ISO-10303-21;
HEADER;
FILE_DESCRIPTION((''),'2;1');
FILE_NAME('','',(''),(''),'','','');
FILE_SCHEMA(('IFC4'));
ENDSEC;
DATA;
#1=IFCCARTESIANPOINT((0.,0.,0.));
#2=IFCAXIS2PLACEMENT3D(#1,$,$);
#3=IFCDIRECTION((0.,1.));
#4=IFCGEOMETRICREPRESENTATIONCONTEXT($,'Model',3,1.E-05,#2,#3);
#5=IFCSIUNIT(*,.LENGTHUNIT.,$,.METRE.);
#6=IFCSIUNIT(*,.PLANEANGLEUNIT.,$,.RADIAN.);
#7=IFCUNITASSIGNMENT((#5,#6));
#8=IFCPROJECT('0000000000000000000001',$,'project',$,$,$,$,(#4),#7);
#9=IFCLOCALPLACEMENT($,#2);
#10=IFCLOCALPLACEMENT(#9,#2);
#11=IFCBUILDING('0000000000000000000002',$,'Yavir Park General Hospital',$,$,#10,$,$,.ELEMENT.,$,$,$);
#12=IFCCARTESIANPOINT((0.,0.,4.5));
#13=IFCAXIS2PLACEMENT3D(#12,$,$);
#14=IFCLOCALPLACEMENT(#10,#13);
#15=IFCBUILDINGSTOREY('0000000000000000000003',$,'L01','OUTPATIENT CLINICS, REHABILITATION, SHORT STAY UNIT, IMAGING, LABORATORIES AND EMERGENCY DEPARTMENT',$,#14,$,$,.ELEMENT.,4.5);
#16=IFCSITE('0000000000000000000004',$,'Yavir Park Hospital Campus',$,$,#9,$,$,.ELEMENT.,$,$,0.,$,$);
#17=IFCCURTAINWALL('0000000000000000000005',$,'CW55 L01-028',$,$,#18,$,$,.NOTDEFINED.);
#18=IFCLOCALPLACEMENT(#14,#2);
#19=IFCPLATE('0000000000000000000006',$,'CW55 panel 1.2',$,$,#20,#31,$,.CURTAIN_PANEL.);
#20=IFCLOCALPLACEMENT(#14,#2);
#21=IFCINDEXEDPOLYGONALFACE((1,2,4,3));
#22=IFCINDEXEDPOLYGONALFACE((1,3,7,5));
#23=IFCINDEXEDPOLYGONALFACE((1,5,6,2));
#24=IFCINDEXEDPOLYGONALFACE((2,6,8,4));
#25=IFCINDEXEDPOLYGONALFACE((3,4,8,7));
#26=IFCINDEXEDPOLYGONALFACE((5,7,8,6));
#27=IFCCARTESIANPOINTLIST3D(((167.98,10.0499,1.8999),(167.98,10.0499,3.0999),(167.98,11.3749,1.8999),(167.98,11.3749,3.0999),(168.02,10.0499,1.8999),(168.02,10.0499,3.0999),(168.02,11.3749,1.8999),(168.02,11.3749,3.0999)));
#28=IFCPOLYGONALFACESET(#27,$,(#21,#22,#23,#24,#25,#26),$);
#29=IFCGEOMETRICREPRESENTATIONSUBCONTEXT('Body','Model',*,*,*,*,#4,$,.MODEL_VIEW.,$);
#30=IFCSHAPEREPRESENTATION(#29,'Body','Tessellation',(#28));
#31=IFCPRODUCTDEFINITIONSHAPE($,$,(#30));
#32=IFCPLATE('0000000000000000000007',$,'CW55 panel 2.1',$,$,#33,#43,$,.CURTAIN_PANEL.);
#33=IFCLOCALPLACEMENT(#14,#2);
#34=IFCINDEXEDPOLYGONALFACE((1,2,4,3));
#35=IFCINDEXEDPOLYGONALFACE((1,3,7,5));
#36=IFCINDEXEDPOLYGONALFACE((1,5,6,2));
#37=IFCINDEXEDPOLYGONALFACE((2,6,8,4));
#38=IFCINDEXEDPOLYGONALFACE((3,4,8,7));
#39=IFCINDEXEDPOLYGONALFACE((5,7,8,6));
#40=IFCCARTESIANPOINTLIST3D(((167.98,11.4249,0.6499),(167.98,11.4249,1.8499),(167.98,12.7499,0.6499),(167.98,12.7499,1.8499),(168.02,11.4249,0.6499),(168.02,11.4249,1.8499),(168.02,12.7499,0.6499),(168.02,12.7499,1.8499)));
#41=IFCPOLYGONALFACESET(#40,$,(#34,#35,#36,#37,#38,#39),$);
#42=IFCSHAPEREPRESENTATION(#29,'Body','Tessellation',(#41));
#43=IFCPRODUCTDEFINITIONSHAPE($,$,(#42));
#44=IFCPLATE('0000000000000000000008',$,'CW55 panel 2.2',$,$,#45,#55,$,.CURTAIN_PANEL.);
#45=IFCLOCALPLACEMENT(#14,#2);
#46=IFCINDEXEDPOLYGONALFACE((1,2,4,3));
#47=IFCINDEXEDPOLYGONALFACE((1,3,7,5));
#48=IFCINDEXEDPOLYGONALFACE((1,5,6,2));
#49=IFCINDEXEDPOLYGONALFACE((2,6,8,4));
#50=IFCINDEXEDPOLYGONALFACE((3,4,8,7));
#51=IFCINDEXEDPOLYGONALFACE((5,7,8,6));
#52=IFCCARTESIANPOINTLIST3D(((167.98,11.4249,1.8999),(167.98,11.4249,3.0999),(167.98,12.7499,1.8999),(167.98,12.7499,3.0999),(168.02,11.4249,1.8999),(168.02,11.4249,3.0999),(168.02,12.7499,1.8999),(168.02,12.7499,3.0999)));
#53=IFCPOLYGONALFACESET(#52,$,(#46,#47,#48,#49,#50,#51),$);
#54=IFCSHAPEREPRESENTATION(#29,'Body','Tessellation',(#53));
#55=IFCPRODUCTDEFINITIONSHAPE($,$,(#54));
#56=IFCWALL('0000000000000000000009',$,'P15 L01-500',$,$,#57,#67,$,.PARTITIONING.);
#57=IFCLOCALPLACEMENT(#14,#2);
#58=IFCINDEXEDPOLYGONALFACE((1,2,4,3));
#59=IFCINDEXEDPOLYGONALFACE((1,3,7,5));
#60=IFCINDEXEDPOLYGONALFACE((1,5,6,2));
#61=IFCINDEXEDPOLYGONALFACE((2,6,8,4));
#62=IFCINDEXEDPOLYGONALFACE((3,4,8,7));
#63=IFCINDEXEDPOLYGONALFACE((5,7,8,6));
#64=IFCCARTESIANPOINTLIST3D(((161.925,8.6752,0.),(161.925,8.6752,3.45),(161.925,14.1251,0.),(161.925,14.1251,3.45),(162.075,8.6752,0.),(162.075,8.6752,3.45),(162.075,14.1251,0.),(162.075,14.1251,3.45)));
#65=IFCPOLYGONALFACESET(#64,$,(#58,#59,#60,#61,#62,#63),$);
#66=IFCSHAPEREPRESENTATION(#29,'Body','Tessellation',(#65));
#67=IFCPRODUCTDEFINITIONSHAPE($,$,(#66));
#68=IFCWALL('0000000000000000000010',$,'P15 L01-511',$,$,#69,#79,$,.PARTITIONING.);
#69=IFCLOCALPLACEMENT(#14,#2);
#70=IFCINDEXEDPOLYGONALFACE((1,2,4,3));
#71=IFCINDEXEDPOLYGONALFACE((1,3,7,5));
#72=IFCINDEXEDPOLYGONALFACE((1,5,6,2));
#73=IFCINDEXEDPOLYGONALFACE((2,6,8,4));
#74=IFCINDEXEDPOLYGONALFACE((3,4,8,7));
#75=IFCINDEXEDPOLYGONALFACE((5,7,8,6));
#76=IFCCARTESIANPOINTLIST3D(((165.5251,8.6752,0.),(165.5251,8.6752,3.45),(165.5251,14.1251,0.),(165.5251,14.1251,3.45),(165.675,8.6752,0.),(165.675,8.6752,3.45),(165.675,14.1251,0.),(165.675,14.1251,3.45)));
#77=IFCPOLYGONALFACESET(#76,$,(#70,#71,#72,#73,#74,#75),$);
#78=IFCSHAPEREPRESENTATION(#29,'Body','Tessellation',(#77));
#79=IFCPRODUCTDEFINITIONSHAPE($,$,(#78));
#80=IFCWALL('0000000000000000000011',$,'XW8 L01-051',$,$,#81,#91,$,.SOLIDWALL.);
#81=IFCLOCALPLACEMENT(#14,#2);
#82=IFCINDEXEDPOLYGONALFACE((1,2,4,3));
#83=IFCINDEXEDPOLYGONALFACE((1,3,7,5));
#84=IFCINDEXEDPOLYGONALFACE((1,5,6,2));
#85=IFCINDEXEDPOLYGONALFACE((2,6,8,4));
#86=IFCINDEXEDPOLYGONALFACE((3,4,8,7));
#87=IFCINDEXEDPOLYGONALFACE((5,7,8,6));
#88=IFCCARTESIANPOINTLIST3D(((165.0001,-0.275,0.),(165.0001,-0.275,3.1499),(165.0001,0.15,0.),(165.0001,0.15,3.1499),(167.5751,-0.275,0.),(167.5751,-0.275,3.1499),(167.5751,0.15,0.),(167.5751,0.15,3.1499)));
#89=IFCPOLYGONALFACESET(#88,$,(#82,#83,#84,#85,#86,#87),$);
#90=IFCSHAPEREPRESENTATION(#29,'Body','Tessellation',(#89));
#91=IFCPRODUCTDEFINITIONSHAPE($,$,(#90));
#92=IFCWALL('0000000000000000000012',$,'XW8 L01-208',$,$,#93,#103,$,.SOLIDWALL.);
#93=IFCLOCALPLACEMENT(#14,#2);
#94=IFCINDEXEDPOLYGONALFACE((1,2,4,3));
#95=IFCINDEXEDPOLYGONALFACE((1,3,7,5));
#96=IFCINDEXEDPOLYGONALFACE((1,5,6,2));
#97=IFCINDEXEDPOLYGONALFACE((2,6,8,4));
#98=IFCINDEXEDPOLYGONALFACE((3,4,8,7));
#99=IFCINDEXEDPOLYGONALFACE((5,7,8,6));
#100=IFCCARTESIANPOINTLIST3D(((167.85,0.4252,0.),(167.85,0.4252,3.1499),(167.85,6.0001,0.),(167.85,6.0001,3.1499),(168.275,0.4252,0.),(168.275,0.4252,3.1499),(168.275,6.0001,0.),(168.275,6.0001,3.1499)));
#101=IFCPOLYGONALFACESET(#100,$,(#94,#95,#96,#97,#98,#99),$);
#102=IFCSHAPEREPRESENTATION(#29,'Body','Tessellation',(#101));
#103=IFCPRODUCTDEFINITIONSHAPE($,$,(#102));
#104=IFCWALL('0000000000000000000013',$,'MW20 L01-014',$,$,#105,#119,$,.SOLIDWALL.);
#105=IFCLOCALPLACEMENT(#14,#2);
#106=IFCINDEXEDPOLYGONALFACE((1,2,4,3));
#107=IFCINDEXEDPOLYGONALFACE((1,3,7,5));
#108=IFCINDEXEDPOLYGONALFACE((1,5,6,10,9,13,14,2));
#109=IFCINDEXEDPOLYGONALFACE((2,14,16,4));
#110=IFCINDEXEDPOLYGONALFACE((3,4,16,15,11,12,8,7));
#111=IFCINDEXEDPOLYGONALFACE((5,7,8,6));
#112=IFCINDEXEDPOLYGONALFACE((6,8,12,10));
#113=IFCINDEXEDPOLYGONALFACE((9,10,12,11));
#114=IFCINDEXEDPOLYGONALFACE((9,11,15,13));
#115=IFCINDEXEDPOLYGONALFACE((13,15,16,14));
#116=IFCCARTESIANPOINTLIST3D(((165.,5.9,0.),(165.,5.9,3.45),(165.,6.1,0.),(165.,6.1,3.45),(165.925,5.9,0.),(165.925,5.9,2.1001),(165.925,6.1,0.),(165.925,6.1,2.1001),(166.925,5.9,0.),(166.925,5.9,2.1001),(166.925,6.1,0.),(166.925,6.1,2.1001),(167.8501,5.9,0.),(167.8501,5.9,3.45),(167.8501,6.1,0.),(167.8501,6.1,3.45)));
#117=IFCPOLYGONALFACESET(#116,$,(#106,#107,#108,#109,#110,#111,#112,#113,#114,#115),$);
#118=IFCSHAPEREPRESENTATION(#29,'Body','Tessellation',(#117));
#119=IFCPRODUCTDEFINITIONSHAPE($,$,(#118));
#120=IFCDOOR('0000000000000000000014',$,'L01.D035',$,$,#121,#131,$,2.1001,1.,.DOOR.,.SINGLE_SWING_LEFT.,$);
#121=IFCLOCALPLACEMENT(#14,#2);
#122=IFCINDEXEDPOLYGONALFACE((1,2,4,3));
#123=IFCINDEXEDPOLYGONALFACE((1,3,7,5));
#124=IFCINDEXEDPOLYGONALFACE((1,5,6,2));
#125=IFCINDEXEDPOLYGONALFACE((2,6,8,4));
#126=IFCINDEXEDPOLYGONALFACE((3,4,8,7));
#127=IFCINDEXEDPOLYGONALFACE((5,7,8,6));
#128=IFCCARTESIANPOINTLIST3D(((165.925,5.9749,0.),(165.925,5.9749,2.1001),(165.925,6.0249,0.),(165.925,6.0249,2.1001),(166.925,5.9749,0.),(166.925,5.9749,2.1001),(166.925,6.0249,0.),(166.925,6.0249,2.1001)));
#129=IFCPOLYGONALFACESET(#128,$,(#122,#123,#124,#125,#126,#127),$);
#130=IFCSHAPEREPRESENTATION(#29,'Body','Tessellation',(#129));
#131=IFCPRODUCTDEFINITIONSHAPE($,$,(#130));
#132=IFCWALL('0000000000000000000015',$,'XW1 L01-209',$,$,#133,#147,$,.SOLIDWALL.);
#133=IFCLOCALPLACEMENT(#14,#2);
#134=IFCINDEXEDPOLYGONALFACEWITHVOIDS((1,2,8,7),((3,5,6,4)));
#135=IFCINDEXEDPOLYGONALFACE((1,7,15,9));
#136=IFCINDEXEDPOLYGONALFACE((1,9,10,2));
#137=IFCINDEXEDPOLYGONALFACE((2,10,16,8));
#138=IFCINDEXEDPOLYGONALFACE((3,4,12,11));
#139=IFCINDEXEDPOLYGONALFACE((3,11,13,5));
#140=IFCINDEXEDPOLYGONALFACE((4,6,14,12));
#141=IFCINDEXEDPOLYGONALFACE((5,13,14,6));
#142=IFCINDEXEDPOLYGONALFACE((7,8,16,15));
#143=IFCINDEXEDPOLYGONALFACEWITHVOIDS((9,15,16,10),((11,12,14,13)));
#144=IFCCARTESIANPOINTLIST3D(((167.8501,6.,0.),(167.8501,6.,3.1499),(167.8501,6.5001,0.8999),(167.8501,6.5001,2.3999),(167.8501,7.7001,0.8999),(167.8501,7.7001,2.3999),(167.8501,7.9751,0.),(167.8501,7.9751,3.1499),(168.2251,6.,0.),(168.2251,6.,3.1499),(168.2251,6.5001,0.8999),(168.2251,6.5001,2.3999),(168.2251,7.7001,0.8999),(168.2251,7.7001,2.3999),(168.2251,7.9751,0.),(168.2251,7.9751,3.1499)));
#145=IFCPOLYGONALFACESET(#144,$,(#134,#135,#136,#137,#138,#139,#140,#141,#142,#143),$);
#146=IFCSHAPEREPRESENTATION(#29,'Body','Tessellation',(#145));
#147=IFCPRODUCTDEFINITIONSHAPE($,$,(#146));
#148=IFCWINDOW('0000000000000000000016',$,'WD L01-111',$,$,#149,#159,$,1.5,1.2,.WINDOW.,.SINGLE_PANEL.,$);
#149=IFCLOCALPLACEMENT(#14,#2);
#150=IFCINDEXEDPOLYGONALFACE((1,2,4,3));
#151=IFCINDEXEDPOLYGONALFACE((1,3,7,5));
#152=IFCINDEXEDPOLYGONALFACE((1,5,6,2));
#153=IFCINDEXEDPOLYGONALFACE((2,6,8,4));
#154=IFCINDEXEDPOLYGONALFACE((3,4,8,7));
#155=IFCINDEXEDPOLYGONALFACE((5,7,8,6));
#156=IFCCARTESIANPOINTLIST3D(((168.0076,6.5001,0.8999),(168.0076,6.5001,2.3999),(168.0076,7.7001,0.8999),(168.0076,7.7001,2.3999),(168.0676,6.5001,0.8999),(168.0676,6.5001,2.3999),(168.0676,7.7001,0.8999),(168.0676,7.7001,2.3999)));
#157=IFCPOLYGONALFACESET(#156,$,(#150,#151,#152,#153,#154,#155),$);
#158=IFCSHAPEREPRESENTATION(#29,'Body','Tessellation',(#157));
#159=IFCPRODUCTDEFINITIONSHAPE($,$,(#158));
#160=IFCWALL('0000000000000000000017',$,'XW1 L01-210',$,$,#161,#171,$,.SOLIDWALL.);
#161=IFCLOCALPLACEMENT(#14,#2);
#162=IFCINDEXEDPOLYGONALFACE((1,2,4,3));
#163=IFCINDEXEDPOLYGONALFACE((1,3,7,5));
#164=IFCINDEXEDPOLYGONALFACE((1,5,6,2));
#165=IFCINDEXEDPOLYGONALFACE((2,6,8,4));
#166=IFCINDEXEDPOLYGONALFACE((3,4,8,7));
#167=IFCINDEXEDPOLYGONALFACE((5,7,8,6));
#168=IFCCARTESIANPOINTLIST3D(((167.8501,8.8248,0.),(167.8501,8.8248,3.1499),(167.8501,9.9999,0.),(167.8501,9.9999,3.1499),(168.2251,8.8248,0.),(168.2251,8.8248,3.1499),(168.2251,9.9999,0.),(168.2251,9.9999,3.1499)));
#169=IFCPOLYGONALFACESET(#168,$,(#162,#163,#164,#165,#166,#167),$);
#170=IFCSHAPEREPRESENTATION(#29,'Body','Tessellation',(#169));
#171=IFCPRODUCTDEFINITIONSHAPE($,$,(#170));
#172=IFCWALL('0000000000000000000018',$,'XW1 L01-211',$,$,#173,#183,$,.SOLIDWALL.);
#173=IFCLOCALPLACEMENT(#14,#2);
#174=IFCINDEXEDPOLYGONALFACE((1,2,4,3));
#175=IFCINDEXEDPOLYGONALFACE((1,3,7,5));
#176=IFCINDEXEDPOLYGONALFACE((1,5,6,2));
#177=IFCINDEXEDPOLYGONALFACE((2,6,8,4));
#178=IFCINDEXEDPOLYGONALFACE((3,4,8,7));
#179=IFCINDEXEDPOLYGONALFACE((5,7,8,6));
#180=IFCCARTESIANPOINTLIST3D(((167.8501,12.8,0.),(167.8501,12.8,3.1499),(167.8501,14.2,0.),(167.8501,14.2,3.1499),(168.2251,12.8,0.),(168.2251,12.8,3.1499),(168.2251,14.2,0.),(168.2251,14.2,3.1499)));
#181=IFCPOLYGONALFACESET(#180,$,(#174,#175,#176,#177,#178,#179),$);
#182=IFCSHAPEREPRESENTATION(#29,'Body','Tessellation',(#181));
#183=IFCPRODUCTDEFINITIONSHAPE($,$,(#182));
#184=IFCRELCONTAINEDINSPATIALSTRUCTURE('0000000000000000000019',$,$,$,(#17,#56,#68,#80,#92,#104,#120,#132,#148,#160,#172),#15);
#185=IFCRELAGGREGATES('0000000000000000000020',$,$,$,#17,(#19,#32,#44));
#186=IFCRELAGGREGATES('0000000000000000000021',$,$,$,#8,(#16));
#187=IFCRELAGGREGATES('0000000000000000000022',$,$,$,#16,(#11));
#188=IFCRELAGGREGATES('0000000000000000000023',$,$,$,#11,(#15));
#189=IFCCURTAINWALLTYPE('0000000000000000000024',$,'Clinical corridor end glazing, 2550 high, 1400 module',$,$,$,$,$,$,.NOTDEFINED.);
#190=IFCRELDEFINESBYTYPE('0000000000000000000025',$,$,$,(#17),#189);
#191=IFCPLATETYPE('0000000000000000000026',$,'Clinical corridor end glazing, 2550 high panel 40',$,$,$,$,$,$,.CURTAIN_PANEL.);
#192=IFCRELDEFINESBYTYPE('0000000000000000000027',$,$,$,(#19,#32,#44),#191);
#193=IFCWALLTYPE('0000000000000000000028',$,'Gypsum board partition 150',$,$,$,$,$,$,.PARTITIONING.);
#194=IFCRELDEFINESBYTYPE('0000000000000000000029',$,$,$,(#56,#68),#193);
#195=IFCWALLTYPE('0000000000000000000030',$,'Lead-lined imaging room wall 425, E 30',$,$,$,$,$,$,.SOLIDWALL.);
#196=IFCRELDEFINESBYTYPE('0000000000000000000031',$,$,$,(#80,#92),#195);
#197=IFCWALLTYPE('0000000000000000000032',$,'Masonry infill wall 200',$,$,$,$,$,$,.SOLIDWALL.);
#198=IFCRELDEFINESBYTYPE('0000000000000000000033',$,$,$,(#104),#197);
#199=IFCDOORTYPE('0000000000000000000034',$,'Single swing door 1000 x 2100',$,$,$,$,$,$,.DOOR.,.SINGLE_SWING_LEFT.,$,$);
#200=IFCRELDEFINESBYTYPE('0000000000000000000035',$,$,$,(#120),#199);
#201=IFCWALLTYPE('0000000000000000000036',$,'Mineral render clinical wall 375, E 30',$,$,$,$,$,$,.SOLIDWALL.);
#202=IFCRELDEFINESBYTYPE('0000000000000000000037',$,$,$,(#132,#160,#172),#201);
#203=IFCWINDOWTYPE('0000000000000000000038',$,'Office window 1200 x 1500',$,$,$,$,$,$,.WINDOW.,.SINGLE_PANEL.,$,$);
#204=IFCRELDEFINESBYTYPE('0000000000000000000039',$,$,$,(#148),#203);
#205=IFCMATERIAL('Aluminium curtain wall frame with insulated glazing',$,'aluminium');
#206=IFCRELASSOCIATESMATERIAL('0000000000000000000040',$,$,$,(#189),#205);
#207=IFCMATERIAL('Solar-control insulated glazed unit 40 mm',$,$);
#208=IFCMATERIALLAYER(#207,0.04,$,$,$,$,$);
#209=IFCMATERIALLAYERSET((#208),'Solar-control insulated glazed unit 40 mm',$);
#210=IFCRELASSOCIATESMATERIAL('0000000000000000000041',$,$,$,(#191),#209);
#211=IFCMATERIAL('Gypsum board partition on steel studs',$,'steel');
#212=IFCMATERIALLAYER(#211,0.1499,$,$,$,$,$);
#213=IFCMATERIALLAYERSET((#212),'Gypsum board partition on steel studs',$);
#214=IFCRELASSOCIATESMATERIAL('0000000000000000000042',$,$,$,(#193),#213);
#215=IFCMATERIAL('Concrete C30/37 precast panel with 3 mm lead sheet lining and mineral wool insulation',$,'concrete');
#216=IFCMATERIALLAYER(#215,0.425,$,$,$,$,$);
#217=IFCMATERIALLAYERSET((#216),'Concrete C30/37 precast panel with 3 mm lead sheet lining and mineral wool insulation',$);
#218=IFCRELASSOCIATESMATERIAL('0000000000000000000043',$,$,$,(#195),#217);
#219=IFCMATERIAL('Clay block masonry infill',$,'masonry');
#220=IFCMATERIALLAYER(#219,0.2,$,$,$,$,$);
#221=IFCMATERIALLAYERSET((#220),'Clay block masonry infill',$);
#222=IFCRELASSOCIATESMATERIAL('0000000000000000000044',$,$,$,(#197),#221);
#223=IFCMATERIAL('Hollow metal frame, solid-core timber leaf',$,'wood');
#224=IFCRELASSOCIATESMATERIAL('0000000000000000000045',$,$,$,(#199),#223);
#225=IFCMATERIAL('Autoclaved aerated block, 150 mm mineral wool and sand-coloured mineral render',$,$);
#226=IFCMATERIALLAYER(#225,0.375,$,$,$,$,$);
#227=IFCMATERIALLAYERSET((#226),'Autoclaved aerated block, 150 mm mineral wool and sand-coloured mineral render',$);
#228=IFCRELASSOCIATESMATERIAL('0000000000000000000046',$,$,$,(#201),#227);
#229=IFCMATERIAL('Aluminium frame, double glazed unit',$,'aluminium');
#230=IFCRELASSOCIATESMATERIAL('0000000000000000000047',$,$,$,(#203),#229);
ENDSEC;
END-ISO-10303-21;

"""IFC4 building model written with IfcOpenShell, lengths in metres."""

from ifc_helpers import new_model, si_unit, direction, frame, frame_2d, origin, origin_2d, place, context, subcontext, project, spatial, rectangle, extrude, material, layer, layer_set, type_object, element, fill, aggregate, save


model = new_model("IFC4")

# Units and contexts
model_context = context("Model", 3, precision=1e-05, world=origin(), true_north=direction((0.0, 1.0)))
body_context = subcontext(model_context, "Body", "Model", "MODEL_VIEW")
ifc_project = project(units=[si_unit("LENGTHUNIT", "METRE"), si_unit("PLANEANGLEUNIT", "RADIAN")], contexts=[model_context])

# Site, building, storey
site_placement = place(None, origin())
site = spatial("IfcSite", under=ifc_project, at=site_placement, Name="Yavir Park Hospital Campus", CompositionType="ELEMENT", RefElevation=0.0)
building_placement = place(site_placement, origin())
building = spatial("IfcBuilding", under=site, at=building_placement, Name="Yavir Park General Hospital", CompositionType="ELEMENT")
storey_placement = place(building_placement, frame((0.0, 0.0, 4.5)))
storey = spatial("IfcBuildingStorey", under=building, at=storey_placement, Name="L01", Description="OUTPATIENT CLINICS, REHABILITATION, SHORT STAY UNIT, IMAGING, LABORATORIES AND EMERGENCY DEPARTMENT", CompositionType="ELEMENT", Elevation=4.5)

# Curtain wall
ifc_material_1 = material(Name="Aluminium curtain wall frame with insulated glazing", Category="aluminium")
curtain_wall_type = type_object("IfcCurtainWallType", Name="Clinical corridor end glazing, 2550 high, 1400 module", PredefinedType="NOTDEFINED", material=ifc_material_1)
curtain_wall_placement = place(storey_placement, origin())
curtain_wall = element("IfcCurtainWall", 1, at=curtain_wall_placement, inside=storey, type_object=curtain_wall_type, Name="CW55 L01-028", PredefinedType="NOTDEFINED")

# Plates
ifc_material_2 = material(Name="Solar-control insulated glazed unit 40 mm")
ifc_layer_1 = layer(ifc_material_2, 0.04)
ifc_layer_set_1 = layer_set([ifc_layer_1], Name="Solar-control insulated glazed unit 40 mm")
plate_type = type_object("IfcPlateType", Name="Clinical corridor end glazing, 2550 high panel 40", PredefinedType="CURTAIN_PANEL", material=ifc_layer_set_1)
plate_1_placement = place(storey_placement, frame((168.0, 10.7124, 1.8999), z_axis=(0.0, 0.0, 1.0), x_axis=(0.0, 1.0, 0.0)))
plate_1 = element("IfcPlate", 2, at=plate_1_placement, type_object=plate_type, Name="CW55 panel 1.2", PredefinedType="CURTAIN_PANEL", context=body_context, shape_type="SweptSolid", body=[
    extrude(rectangle(XDim=1.325, YDim=0.04, at=origin_2d()), origin(), (0.0, 0.0, 1.0), 1.2),
])
plate_2_placement = place(storey_placement, frame((168.0, 12.0874, 0.6499), z_axis=(0.0, 0.0, 1.0), x_axis=(0.0, 1.0, 0.0)))
plate_2 = element("IfcPlate", 3, at=plate_2_placement, type_object=plate_type, Name="CW55 panel 2.1", PredefinedType="CURTAIN_PANEL", context=body_context, shape_type="SweptSolid", body=[
    extrude(rectangle(XDim=1.325, YDim=0.04, at=origin_2d()), origin(), (0.0, 0.0, 1.0), 1.2),
])
plate_3_placement = place(storey_placement, frame((168.0, 12.0874, 1.8999), z_axis=(0.0, 0.0, 1.0), x_axis=(0.0, 1.0, 0.0)))
plate_3 = element("IfcPlate", 4, at=plate_3_placement, type_object=plate_type, Name="CW55 panel 2.2", PredefinedType="CURTAIN_PANEL", context=body_context, shape_type="SweptSolid", body=[
    extrude(rectangle(XDim=1.325, YDim=0.04, at=origin_2d()), origin(), (0.0, 0.0, 1.0), 1.2),
])
aggregate(curtain_wall, [plate_1, plate_2, plate_3])

# Walls
ifc_material_3 = material(Name="Gypsum board partition on steel studs", Category="steel")
ifc_layer_2 = layer(ifc_material_3, 0.1499)
ifc_layer_set_2 = layer_set([ifc_layer_2], Name="Gypsum board partition on steel studs")
wall_type_1 = type_object("IfcWallType", Name="Gypsum board partition 150", PredefinedType="PARTITIONING", material=ifc_layer_set_2)
for number, where, z_axis, x_axis, name in (
    (5, (162.0, 8.675, 0.0), (0.0, 0.0, 1.0), (0.0, 1.0, 0.0), "P15 L01-500"),
    (6, (165.6001, 8.675, 0.0), (0.0, 0.0, 1.0), (0.0, 1.0, 0.0), "P15 L01-511"),
):
    element("IfcWall", number, at=place(storey_placement, frame(where, z_axis=z_axis, x_axis=x_axis)), inside=storey, type_object=wall_type_1, Name=name, PredefinedType="PARTITIONING", context=body_context, shape_type="SweptSolid", body=[
        extrude(rectangle(XDim=5.45, YDim=0.1499, at=frame_2d((2.7251, 0.0))), origin(), (0.0, 0.0, 1.0), 3.45),
    ])
ifc_material_4 = material(Name="Concrete C30/37 precast panel with 3 mm lead sheet lining and mineral wool insulation", Category="concrete")
ifc_layer_3 = layer(ifc_material_4, 0.425)
ifc_layer_set_3 = layer_set([ifc_layer_3], Name="Concrete C30/37 precast panel with 3 mm lead sheet lining and mineral wool insulation")
wall_type_2 = type_object("IfcWallType", Name="Lead-lined imaging room wall 425, E 30", PredefinedType="SOLIDWALL", material=ifc_layer_set_3)
wall_1_placement = place(storey_placement, frame((165.0, -0.0625, 0.0), z_axis=(0.0, 0.0, 1.0), x_axis=(1.0, 0.0, 0.0)))
element("IfcWall", 7, at=wall_1_placement, inside=storey, type_object=wall_type_2, Name="XW8 L01-051", PredefinedType="SOLIDWALL", context=body_context, shape_type="SweptSolid", body=[
    extrude(rectangle(XDim=2.575, YDim=0.425, at=frame_2d((1.2876, 0.0))), origin(), (0.0, 0.0, 1.0), 3.1499),
])
wall_2_placement = place(storey_placement, frame((168.0625, 0.425, 0.0), z_axis=(0.0, 0.0, 1.0), x_axis=(0.0, 1.0, 0.0)))
element("IfcWall", 8, at=wall_2_placement, inside=storey, type_object=wall_type_2, Name="XW8 L01-208", PredefinedType="SOLIDWALL", context=body_context, shape_type="SweptSolid", body=[
    extrude(rectangle(XDim=5.575, YDim=0.425, at=frame_2d((2.7876, 0.0))), origin(), (0.0, 0.0, 1.0), 3.1499),
])

# Wall, opening, door
ifc_material_5 = material(Name="Clay block masonry infill", Category="masonry")
ifc_layer_4 = layer(ifc_material_5, 0.2)
ifc_layer_set_4 = layer_set([ifc_layer_4], Name="Clay block masonry infill")
wall_type_3 = type_object("IfcWallType", Name="Masonry infill wall 200", PredefinedType="SOLIDWALL", material=ifc_layer_set_4)
wall_3_placement = place(storey_placement, frame((165.0, 6.0, 0.0), z_axis=(0.0, 0.0, 1.0), x_axis=(1.0, 0.0, 0.0)))
wall_3 = element("IfcWall", 9, at=wall_3_placement, inside=storey, type_object=wall_type_3, Name="MW20 L01-014", PredefinedType="SOLIDWALL", context=body_context, shape_type="SweptSolid", body=[
    extrude(rectangle(XDim=2.8501, YDim=0.2, at=frame_2d((1.425, 0.0))), origin(), (0.0, 0.0, 1.0), 3.45),
])
opening_1_placement = place(wall_3_placement, frame((0.925, 0.0, 0.0)))
opening_1 = element("IfcOpeningElement", 10, at=opening_1_placement, cuts=wall_3, PredefinedType="OPENING", context=body_context, shape_type="SweptSolid", body=[
    extrude(rectangle(XDim=1.0, YDim=2.1001, at=frame_2d((0.5, 1.05))), frame((0.0, 0.1099, 0.0), z_axis=(0.0, -1.0, 0.0), x_axis=(1.0, 0.0, 0.0)), (0.0, 0.0, 1.0), 0.22),
])
ifc_material_6 = material(Name="Hollow metal frame, solid-core timber leaf", Category="wood")
door_type = type_object("IfcDoorType", Name="Single swing door 1000 x 2100", OperationType="SINGLE_SWING_LEFT", PredefinedType="DOOR", material=ifc_material_6)
door_placement = place(opening_1_placement, origin())
door = element("IfcDoor", 11, at=door_placement, inside=storey, type_object=door_type, Name="L01.D035", OperationType="SINGLE_SWING_LEFT", OverallHeight=2.1001, OverallWidth=1.0, PredefinedType="DOOR", context=body_context, shape_type="SweptSolid", body=[
    extrude(rectangle(XDim=1.0, YDim=2.1001, at=frame_2d((0.5, 1.05))), frame((0.0, 0.0249, 0.0), z_axis=(0.0, -1.0, 0.0), x_axis=(1.0, 0.0, 0.0)), (0.0, 0.0, 1.0), 0.05),
])
fill(opening_1, door)

# Wall, opening, window
ifc_material_7 = material(Name="Autoclaved aerated block, 150 mm mineral wool and sand-coloured mineral render")
ifc_layer_5 = layer(ifc_material_7, 0.375)
ifc_layer_set_5 = layer_set([ifc_layer_5], Name="Autoclaved aerated block, 150 mm mineral wool and sand-coloured mineral render")
wall_type_4 = type_object("IfcWallType", Name="Mineral render clinical wall 375, E 30", PredefinedType="SOLIDWALL", material=ifc_layer_set_5)
wall_4_placement = place(storey_placement, frame((168.0376, 6.0, 0.0), z_axis=(0.0, 0.0, 1.0), x_axis=(0.0, 1.0, 0.0)))
wall_4 = element("IfcWall", 12, at=wall_4_placement, inside=storey, type_object=wall_type_4, Name="XW1 L01-209", PredefinedType="SOLIDWALL", context=body_context, shape_type="SweptSolid", body=[
    extrude(rectangle(XDim=1.9751, YDim=0.375, at=frame_2d((0.9875, 0.0))), origin(), (0.0, 0.0, 1.0), 3.1499),
])
opening_2_placement = place(wall_4_placement, frame((0.5, 0.0, 0.8999)))
opening_2 = element("IfcOpeningElement", 13, at=opening_2_placement, cuts=wall_4, PredefinedType="OPENING", context=body_context, shape_type="SweptSolid", body=[
    extrude(rectangle(XDim=1.2, YDim=1.5, at=frame_2d((0.6001, 0.75))), frame((0.0, 0.1975, 0.0), z_axis=(0.0, -1.0, 0.0), x_axis=(1.0, 0.0, 0.0)), (0.0, 0.0, 1.0), 0.395),
])
ifc_material_8 = material(Name="Aluminium frame, double glazed unit", Category="aluminium")
window_type = type_object("IfcWindowType", Name="Office window 1200 x 1500", PartitioningType="SINGLE_PANEL", PredefinedType="WINDOW", material=ifc_material_8)
window_placement = place(opening_2_placement, origin())
window = element("IfcWindow", 14, at=window_placement, inside=storey, type_object=window_type, Name="WD L01-111", OverallHeight=1.5, OverallWidth=1.2, PartitioningType="SINGLE_PANEL", PredefinedType="WINDOW", context=body_context, shape_type="SweptSolid", body=[
    extrude(rectangle(XDim=1.2, YDim=1.5, at=frame_2d((0.6001, 0.75))), frame((0.0, 0.03, 0.0), z_axis=(0.0, -1.0, 0.0), x_axis=(1.0, 0.0, 0.0)), (0.0, 0.0, 1.0), 0.0601),
])
fill(opening_2, window)

# Walls
wall_5_placement = place(storey_placement, frame((168.0376, 8.825, 0.0), z_axis=(0.0, 0.0, 1.0), x_axis=(0.0, 1.0, 0.0)))
element("IfcWall", 15, at=wall_5_placement, inside=storey, type_object=wall_type_4, Name="XW1 L01-210", PredefinedType="SOLIDWALL", context=body_context, shape_type="SweptSolid", body=[
    extrude(rectangle(XDim=1.175, YDim=0.375, at=frame_2d((0.5874, 0.0))), origin(), (0.0, 0.0, 1.0), 3.1499),
])
wall_6_placement = place(storey_placement, frame((168.0376, 12.8, 0.0), z_axis=(0.0, 0.0, 1.0), x_axis=(0.0, 1.0, 0.0)))
element("IfcWall", 16, at=wall_6_placement, inside=storey, type_object=wall_type_4, Name="XW1 L01-211", PredefinedType="SOLIDWALL", context=body_context, shape_type="SweptSolid", body=[
    extrude(rectangle(XDim=1.3999, YDim=0.375, at=frame_2d((0.7, 0.0))), origin(), (0.0, 0.0, 1.0), 3.1499),
])

save(model, "model.ifc")
